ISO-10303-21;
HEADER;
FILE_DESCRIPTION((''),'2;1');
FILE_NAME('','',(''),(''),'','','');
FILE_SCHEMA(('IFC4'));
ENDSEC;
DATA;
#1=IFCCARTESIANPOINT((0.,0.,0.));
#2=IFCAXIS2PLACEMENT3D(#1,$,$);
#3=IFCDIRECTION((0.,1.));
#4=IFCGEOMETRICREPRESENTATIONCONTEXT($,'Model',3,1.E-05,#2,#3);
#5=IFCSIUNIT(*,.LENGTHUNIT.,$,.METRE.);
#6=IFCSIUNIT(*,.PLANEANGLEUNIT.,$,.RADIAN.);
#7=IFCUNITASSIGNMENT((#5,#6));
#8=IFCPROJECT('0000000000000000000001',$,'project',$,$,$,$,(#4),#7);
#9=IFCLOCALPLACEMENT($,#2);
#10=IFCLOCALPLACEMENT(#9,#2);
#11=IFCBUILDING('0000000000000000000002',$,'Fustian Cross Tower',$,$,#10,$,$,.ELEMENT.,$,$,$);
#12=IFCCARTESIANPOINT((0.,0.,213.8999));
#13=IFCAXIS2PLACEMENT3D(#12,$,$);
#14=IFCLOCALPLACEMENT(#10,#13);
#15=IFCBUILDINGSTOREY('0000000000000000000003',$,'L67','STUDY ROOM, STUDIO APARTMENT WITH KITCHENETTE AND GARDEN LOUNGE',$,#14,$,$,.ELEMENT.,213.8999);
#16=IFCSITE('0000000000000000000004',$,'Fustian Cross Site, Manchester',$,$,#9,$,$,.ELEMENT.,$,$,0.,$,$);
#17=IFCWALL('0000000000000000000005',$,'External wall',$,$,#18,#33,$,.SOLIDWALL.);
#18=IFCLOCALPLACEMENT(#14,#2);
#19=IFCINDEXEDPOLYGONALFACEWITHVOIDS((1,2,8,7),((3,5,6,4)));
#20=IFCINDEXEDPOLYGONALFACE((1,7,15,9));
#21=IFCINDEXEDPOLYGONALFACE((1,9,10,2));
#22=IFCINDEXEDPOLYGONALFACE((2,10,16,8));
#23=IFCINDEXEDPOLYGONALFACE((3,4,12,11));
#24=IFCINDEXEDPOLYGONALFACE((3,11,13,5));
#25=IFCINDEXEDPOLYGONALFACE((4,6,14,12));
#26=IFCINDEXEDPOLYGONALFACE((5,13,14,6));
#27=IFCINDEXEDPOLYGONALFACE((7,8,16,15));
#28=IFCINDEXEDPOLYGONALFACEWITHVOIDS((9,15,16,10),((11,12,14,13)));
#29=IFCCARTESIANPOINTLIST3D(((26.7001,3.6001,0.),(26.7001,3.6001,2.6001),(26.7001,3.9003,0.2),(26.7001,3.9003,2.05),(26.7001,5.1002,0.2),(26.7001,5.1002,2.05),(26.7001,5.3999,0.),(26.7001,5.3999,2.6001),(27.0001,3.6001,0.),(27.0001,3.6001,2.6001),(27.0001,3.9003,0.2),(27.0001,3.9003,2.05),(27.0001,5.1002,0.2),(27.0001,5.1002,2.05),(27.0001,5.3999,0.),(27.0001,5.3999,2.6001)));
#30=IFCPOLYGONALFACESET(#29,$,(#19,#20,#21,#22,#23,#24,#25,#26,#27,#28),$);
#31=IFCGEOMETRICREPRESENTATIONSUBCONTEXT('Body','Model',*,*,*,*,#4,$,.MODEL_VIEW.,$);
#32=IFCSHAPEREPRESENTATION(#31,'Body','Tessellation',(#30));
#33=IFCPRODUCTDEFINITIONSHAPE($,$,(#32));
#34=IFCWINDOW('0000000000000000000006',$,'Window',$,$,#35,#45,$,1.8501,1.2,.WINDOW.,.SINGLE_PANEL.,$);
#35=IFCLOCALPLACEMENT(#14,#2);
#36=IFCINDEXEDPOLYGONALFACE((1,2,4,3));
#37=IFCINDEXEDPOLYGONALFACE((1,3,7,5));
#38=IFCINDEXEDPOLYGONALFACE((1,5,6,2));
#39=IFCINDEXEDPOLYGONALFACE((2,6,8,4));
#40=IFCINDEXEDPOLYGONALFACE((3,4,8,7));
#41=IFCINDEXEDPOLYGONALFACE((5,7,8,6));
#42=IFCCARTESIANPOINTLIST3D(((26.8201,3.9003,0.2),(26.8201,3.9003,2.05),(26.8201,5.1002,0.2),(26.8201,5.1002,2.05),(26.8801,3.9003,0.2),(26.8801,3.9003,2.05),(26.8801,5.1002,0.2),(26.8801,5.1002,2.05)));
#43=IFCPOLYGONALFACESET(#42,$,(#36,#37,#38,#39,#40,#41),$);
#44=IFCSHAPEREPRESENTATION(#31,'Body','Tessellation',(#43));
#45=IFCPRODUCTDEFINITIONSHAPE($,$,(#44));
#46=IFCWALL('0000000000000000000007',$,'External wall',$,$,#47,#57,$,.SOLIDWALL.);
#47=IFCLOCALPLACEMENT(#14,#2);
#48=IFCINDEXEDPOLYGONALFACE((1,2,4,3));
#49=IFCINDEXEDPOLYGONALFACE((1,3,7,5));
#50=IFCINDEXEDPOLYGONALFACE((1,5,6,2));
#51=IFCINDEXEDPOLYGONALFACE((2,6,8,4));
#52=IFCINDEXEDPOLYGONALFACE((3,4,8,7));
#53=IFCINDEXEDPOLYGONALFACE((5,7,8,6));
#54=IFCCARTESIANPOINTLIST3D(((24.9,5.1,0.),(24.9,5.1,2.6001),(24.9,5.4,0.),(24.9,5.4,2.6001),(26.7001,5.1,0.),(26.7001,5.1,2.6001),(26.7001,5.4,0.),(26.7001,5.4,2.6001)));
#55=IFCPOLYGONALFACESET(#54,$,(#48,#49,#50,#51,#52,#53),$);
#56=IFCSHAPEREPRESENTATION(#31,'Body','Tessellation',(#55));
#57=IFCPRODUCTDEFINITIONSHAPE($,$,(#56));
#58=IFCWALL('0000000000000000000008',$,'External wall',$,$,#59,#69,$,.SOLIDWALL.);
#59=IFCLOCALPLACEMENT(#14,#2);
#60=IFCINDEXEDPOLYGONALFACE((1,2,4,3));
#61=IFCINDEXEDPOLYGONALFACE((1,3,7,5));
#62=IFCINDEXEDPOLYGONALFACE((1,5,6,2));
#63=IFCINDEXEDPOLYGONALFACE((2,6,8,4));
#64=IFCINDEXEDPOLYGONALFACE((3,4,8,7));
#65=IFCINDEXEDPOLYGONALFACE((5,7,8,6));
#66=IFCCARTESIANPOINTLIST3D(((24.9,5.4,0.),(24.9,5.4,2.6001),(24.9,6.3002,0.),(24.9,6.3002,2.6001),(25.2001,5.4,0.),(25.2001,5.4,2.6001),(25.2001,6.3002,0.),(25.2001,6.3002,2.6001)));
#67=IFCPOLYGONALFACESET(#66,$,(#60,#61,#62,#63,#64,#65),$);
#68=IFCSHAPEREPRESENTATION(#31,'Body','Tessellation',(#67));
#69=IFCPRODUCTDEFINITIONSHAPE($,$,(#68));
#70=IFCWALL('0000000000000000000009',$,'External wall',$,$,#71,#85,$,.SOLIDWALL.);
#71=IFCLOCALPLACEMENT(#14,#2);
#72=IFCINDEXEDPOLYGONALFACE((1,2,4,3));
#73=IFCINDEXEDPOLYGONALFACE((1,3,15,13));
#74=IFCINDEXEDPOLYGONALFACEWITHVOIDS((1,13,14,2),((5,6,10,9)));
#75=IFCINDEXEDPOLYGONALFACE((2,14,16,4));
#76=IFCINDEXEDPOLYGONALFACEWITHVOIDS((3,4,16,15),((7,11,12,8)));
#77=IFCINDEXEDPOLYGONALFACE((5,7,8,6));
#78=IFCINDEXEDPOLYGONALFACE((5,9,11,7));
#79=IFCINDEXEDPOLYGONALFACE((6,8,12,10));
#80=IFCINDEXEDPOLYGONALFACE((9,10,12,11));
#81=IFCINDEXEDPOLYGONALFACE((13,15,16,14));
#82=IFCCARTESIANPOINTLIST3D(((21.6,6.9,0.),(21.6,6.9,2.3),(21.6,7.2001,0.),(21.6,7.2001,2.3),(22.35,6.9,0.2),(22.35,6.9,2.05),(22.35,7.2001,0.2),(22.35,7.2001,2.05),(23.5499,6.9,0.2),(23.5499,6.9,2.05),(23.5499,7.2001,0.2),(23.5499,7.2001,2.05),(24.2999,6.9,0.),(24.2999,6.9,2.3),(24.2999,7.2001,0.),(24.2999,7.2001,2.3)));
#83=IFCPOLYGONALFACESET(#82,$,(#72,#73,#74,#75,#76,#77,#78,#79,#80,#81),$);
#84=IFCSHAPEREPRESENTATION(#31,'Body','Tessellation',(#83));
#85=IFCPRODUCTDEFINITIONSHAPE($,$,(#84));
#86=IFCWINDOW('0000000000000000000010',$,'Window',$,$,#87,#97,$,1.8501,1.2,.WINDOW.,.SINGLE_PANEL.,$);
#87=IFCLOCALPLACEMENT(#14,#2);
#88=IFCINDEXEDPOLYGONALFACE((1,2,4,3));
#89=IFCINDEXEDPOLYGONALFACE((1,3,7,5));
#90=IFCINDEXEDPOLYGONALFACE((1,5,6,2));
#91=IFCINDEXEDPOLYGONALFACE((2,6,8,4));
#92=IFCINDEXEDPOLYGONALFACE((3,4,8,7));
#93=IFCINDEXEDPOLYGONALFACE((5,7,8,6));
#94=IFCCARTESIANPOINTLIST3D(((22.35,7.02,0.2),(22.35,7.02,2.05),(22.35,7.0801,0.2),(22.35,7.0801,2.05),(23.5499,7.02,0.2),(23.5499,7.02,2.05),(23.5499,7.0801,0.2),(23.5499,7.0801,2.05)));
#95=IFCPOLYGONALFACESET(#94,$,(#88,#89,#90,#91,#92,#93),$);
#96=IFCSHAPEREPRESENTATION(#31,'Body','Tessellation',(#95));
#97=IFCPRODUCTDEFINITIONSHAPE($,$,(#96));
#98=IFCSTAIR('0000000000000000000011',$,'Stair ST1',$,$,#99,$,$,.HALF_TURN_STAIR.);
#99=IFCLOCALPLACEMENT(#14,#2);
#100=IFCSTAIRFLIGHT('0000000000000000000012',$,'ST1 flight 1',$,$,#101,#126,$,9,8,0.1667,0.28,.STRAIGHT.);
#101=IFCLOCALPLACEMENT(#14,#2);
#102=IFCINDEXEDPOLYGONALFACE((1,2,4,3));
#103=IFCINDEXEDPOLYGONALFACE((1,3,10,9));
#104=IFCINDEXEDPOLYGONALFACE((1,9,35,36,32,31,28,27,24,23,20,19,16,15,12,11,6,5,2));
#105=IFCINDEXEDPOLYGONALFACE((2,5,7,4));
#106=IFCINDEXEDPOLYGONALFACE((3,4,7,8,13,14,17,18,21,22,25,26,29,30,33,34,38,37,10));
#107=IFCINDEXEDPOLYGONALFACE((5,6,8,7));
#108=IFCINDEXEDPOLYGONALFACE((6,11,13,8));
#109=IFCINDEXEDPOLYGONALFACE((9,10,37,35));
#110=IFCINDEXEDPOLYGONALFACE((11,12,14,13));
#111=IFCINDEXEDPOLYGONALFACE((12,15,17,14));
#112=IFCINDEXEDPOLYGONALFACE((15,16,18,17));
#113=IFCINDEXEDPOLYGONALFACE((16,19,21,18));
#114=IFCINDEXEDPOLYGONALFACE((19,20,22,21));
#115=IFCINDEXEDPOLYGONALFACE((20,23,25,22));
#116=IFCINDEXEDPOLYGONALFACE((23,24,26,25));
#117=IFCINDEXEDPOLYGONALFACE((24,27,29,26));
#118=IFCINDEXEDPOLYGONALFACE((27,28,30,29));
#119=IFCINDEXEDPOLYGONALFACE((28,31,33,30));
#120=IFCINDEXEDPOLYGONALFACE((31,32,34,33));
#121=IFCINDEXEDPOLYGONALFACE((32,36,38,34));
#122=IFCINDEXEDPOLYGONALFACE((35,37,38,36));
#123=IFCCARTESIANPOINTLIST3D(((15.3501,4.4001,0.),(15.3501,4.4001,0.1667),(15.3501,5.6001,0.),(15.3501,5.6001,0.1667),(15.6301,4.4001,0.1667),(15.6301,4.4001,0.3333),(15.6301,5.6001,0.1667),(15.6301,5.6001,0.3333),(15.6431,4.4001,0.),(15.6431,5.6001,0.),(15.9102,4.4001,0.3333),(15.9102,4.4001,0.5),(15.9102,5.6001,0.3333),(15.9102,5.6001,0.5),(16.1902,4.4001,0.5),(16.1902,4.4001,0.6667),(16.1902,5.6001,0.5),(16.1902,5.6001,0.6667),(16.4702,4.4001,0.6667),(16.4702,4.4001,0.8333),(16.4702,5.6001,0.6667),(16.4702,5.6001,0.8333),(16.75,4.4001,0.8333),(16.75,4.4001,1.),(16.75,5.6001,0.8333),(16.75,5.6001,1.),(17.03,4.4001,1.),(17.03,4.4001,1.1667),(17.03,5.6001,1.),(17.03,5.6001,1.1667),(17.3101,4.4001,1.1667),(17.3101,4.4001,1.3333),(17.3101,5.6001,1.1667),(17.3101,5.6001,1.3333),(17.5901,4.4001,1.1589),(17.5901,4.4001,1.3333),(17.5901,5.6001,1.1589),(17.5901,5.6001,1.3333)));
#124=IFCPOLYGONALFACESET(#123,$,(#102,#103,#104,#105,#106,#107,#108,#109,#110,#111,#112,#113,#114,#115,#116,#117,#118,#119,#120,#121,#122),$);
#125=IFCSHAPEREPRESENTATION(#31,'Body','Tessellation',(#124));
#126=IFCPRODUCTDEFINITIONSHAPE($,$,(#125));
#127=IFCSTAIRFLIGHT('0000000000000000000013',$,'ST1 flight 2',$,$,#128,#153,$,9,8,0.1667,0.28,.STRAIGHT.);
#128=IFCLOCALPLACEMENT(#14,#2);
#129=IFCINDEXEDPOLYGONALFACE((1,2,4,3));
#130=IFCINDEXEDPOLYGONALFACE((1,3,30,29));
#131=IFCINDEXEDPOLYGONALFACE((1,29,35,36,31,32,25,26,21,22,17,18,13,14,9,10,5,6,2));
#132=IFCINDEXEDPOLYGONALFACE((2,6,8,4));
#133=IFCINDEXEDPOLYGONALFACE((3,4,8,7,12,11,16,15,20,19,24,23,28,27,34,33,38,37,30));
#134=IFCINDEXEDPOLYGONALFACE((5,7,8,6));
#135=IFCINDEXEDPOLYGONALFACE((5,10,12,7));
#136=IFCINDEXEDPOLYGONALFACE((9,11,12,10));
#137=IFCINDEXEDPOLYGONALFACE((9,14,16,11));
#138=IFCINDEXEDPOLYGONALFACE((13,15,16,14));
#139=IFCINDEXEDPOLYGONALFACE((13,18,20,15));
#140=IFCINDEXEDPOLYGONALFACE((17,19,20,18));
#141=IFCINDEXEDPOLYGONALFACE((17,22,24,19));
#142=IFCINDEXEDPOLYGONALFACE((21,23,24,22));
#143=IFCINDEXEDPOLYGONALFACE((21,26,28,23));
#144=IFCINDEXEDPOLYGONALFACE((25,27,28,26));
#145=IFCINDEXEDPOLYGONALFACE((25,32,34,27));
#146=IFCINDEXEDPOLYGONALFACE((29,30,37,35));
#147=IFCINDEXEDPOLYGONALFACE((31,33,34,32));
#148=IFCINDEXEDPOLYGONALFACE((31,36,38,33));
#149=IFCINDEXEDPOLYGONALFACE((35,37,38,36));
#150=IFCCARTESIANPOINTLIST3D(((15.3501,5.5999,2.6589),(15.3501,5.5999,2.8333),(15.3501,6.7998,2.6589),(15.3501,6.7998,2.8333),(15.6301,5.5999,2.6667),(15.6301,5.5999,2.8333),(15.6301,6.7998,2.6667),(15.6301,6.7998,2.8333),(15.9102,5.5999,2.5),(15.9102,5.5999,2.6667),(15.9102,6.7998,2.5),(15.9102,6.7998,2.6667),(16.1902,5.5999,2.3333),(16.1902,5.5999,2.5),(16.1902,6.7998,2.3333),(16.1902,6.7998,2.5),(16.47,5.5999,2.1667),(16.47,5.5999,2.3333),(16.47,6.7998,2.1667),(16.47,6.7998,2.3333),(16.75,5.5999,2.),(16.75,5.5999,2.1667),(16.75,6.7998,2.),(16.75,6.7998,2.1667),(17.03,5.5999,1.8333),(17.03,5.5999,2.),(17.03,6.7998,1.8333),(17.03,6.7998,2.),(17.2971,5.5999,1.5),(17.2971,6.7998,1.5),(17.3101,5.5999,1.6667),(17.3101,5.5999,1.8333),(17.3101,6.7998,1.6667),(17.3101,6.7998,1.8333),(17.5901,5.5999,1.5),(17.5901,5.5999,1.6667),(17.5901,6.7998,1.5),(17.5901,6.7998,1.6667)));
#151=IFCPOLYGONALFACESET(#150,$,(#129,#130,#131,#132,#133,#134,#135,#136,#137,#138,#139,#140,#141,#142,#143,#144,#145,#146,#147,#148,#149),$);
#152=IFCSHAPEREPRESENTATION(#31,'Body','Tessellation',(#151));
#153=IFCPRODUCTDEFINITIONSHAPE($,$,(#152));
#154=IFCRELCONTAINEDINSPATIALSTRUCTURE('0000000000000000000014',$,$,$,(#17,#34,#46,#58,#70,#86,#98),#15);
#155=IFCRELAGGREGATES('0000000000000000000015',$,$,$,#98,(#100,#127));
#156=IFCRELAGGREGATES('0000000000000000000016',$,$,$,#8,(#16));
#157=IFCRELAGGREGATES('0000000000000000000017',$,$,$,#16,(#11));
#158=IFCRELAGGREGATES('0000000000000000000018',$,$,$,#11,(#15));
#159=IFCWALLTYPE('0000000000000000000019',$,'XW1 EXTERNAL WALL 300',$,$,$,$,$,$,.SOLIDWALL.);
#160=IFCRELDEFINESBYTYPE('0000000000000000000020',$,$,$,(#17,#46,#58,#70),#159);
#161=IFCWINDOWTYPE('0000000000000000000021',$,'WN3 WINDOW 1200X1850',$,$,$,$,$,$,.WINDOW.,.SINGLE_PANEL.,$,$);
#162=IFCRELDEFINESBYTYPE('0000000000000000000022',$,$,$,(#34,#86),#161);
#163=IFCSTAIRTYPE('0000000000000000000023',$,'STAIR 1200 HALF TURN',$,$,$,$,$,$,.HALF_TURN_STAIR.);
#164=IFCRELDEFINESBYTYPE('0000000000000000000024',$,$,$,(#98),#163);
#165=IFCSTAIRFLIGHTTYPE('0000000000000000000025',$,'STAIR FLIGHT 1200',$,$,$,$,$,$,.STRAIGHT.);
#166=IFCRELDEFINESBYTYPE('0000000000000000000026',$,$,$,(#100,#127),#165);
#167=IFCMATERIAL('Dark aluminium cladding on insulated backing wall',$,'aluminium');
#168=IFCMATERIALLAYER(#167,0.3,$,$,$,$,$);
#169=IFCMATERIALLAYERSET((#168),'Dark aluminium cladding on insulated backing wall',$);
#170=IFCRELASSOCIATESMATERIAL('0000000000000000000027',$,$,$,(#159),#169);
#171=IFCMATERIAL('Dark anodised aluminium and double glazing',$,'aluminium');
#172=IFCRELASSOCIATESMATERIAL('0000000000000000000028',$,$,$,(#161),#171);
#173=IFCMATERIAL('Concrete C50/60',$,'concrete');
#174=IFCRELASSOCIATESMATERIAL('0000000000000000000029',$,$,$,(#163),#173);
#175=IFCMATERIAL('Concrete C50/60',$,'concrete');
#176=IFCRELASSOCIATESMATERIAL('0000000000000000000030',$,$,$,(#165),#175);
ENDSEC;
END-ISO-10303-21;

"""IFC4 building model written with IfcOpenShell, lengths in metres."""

from ifc_helpers import new_model, si_unit, direction, frame, frame_2d, origin, place, context, subcontext, project, spatial, polyline, rectangle, outline, extrude, material, layer, layer_set, type_object, element, fill, aggregate, save


model = new_model("IFC4")

# Units and contexts
model_context = context("Model", 3, precision=1e-05, world=origin(), true_north=direction((0.0, 1.0)))
body_context = subcontext(model_context, "Body", "Model", "MODEL_VIEW")
ifc_project = project(units=[si_unit("LENGTHUNIT", "METRE"), si_unit("PLANEANGLEUNIT", "RADIAN")], contexts=[model_context])

# Site, building, storey
site_placement = place(None, origin())
site = spatial("IfcSite", under=ifc_project, at=site_placement, Name="Fustian Cross Site, Manchester", CompositionType="ELEMENT", RefElevation=0.0)
building_placement = place(site_placement, origin())
building = spatial("IfcBuilding", under=site, at=building_placement, Name="Fustian Cross Tower", CompositionType="ELEMENT")
storey_placement = place(building_placement, frame((0.0, 0.0, 213.8999)))
storey = spatial("IfcBuildingStorey", under=building, at=storey_placement, Name="L67", Description="STUDY ROOM, STUDIO APARTMENT WITH KITCHENETTE AND GARDEN LOUNGE", CompositionType="ELEMENT", Elevation=213.8999)

# Shared definitions
ifc_material_1 = material(Name="Dark aluminium cladding on insulated backing wall", Category="aluminium")
ifc_layer_1 = layer(ifc_material_1, 0.3)
ifc_layer_set_1 = layer_set([ifc_layer_1], Name="Dark aluminium cladding on insulated backing wall")
wall_type_1 = type_object("IfcWallType", Name="XW1 EXTERNAL WALL 300", PredefinedType="SOLIDWALL", material=ifc_layer_set_1)

# Wall, opening, window
wall_1_placement = place(storey_placement, frame((26.8501, 3.6001, 0.0), z_axis=(0.0, 0.0, 1.0), x_axis=(0.0, 1.0, 0.0)))
wall_1 = element("IfcWall", 1, at=wall_1_placement, inside=storey, type_object=wall_type_1, Name="External wall", PredefinedType="SOLIDWALL", context=body_context, shape_type="SweptSolid", body=[
    extrude(rectangle(XDim=1.7998, YDim=0.3, at=frame_2d((0.8999, 0.0))), origin(), (0.0, 0.0, 1.0), 2.6001),
])
opening_1_placement = place(wall_1_placement, frame((0.3, 0.0, 0.2)))
opening_1 = element("IfcOpeningElement", 2, at=opening_1_placement, cuts=wall_1, PredefinedType="OPENING", context=body_context, shape_type="SweptSolid", body=[
    extrude(rectangle(XDim=1.2, YDim=1.8501, at=frame_2d((0.6001, 0.925))), frame((0.0, 0.1599, 0.0), z_axis=(0.0, -1.0, 0.0), x_axis=(1.0, 0.0, 0.0)), (0.0, 0.0, 1.0), 0.3201),
])
ifc_material_2 = material(Name="Dark anodised aluminium and double glazing", Category="aluminium")
window_type = type_object("IfcWindowType", Name="WN3 WINDOW 1200X1850", PartitioningType="SINGLE_PANEL", PredefinedType="WINDOW", material=ifc_material_2)
window_1_placement = place(opening_1_placement, origin())
window_1 = element("IfcWindow", 3, at=window_1_placement, inside=storey, type_object=window_type, Name="Window", OverallHeight=1.8501, OverallWidth=1.2, PartitioningType="SINGLE_PANEL", PredefinedType="WINDOW", context=body_context, shape_type="SweptSolid", body=[
    extrude(rectangle(XDim=1.2, YDim=1.8501, at=frame_2d((0.6001, 0.925))), frame((0.0, 0.03, 0.0), z_axis=(0.0, -1.0, 0.0), x_axis=(1.0, 0.0, 0.0)), (0.0, 0.0, 1.0), 0.0601),
])
fill(opening_1, window_1)

# Walls
wall_2_placement = place(storey_placement, frame((26.7, 5.25, 0.0), z_axis=(0.0, 0.0, 1.0), x_axis=(-1.0, 0.0, 0.0)))
element("IfcWall", 4, at=wall_2_placement, inside=storey, type_object=wall_type_1, Name="External wall", PredefinedType="SOLIDWALL", context=body_context, shape_type="SweptSolid", body=[
    extrude(rectangle(XDim=1.8, YDim=0.3, at=frame_2d((0.8999, 0.0))), origin(), (0.0, 0.0, 1.0), 2.6001),
])
wall_3_placement = place(storey_placement, frame((25.05, 5.3999, 0.0), z_axis=(0.0, 0.0, 1.0), x_axis=(0.0, 1.0, 0.0)))
element("IfcWall", 5, at=wall_3_placement, inside=storey, type_object=wall_type_1, Name="External wall", PredefinedType="SOLIDWALL", context=body_context, shape_type="SweptSolid", body=[
    extrude(rectangle(XDim=0.9001, YDim=0.3, at=frame_2d((0.4502, 0.0))), origin(), (0.0, 0.0, 1.0), 2.6001),
])

# Wall, opening, window
wall_4_placement = place(storey_placement, frame((24.3, 7.05, 0.0), z_axis=(0.0, 0.0, 1.0), x_axis=(-1.0, 0.0, 0.0)))
wall_4 = element("IfcWall", 6, at=wall_4_placement, inside=storey, type_object=wall_type_1, Name="External wall", PredefinedType="SOLIDWALL", context=body_context, shape_type="SweptSolid", body=[
    extrude(rectangle(XDim=2.7, YDim=0.3, at=frame_2d((1.3501, 0.0))), origin(), (0.0, 0.0, 1.0), 2.3),
])
opening_2_placement = place(wall_4_placement, frame((0.75, 0.0, 0.2)))
opening_2 = element("IfcOpeningElement", 7, at=opening_2_placement, cuts=wall_4, PredefinedType="OPENING", context=body_context, shape_type="SweptSolid", body=[
    extrude(rectangle(XDim=1.2, YDim=1.8501, at=frame_2d((0.6001, 0.925))), frame((0.0, 0.1599, 0.0), z_axis=(0.0, -1.0, 0.0), x_axis=(1.0, 0.0, 0.0)), (0.0, 0.0, 1.0), 0.3201),
])
window_2_placement = place(opening_2_placement, origin())
window_2 = element("IfcWindow", 8, at=window_2_placement, inside=storey, type_object=window_type, Name="Window", OverallHeight=1.8501, OverallWidth=1.2, PartitioningType="SINGLE_PANEL", PredefinedType="WINDOW", context=body_context, shape_type="SweptSolid", body=[
    extrude(rectangle(XDim=1.2, YDim=1.8501, at=frame_2d((0.6001, 0.925))), frame((0.0, 0.03, 0.0), z_axis=(0.0, -1.0, 0.0), x_axis=(1.0, 0.0, 0.0)), (0.0, 0.0, 1.0), 0.0601),
])
fill(opening_2, window_2)

# Stair, stair flights
ifc_material_3 = material(Name="Concrete C50/60", Category="concrete")
stair_type = type_object("IfcStairType", Name="STAIR 1200 HALF TURN", PredefinedType="HALF_TURN_STAIR", material=ifc_material_3)
stair_placement = place(storey_placement, origin())
stair = element("IfcStair", 9, at=stair_placement, inside=storey, type_object=stair_type, Name="Stair ST1", PredefinedType="HALF_TURN_STAIR")
ifc_material_4 = material(Name="Concrete C50/60", Category="concrete")
stair_flight_type = type_object("IfcStairFlightType", Name="STAIR FLIGHT 1200", PredefinedType="STRAIGHT", material=ifc_material_4)
stair_flight_1_placement = place(storey_placement, frame((15.3501, 5.0, 0.0), z_axis=(0.0, 0.0, 1.0), x_axis=(1.0, 0.0, 0.0)))
stair_flight_1 = element("IfcStairFlight", 10, at=stair_flight_1_placement, type_object=stair_flight_type, Name="ST1 flight 1", NumberOfRisers=9, NumberOfTreads=8, PredefinedType="STRAIGHT", RiserHeight=0.1667, TreadLength=0.28, context=body_context, shape_type="SweptSolid", body=[
    extrude(outline(polyline([(0.0, 0.0), (0.0, 0.1667), (0.28, 0.1667), (0.28, 0.3333), (0.5601, 0.3333), (0.5601, 0.5), (0.8401, 0.5), (0.8401, 0.6667), (1.1201, 0.6667), (1.1201, 0.8333), (1.3999, 0.8333), (1.3999, 1.0), (1.6799, 1.0), (1.6799, 1.1667), (1.96, 1.1667), (1.96, 1.3333), (2.24, 1.3333), (2.24, 1.5), (2.24, 1.1589), (0.293, 0.0), (0.0, 0.0)])), frame((0.0, 0.6001, 0.0), z_axis=(0.0, -1.0, 0.0), x_axis=(1.0, 0.0, 0.0)), (0.0, 0.0, 1.0), 1.2),
])
stair_flight_2_placement = place(storey_placement, frame((17.5901, 6.2, 1.5), z_axis=(0.0, 0.0, 1.0), x_axis=(-1.0, 0.0, 0.0)))
stair_flight_2 = element("IfcStairFlight", 11, at=stair_flight_2_placement, type_object=stair_flight_type, Name="ST1 flight 2", NumberOfRisers=9, NumberOfTreads=8, PredefinedType="STRAIGHT", RiserHeight=0.1667, TreadLength=0.28, context=body_context, shape_type="SweptSolid", body=[
    extrude(outline(polyline([(0.0, 0.0), (0.0, 0.1667), (0.28, 0.1667), (0.28, 0.3333), (0.5601, 0.3333), (0.5601, 0.5), (0.8401, 0.5), (0.8401, 0.6667), (1.1201, 0.6667), (1.1201, 0.8333), (1.3999, 0.8333), (1.3999, 1.0), (1.6799, 1.0), (1.6799, 1.1667), (1.96, 1.1667), (1.96, 1.3333), (2.24, 1.3333), (2.24, 1.5), (2.24, 1.1589), (0.293, 0.0), (0.0, 0.0)])), frame((0.0, 0.6001, 0.0), z_axis=(0.0, -1.0, 0.0), x_axis=(1.0, 0.0, 0.0)), (0.0, 0.0, 1.0), 1.2),
])
aggregate(stair, [stair_flight_1, stair_flight_2])

save(model, "model.ifc")
